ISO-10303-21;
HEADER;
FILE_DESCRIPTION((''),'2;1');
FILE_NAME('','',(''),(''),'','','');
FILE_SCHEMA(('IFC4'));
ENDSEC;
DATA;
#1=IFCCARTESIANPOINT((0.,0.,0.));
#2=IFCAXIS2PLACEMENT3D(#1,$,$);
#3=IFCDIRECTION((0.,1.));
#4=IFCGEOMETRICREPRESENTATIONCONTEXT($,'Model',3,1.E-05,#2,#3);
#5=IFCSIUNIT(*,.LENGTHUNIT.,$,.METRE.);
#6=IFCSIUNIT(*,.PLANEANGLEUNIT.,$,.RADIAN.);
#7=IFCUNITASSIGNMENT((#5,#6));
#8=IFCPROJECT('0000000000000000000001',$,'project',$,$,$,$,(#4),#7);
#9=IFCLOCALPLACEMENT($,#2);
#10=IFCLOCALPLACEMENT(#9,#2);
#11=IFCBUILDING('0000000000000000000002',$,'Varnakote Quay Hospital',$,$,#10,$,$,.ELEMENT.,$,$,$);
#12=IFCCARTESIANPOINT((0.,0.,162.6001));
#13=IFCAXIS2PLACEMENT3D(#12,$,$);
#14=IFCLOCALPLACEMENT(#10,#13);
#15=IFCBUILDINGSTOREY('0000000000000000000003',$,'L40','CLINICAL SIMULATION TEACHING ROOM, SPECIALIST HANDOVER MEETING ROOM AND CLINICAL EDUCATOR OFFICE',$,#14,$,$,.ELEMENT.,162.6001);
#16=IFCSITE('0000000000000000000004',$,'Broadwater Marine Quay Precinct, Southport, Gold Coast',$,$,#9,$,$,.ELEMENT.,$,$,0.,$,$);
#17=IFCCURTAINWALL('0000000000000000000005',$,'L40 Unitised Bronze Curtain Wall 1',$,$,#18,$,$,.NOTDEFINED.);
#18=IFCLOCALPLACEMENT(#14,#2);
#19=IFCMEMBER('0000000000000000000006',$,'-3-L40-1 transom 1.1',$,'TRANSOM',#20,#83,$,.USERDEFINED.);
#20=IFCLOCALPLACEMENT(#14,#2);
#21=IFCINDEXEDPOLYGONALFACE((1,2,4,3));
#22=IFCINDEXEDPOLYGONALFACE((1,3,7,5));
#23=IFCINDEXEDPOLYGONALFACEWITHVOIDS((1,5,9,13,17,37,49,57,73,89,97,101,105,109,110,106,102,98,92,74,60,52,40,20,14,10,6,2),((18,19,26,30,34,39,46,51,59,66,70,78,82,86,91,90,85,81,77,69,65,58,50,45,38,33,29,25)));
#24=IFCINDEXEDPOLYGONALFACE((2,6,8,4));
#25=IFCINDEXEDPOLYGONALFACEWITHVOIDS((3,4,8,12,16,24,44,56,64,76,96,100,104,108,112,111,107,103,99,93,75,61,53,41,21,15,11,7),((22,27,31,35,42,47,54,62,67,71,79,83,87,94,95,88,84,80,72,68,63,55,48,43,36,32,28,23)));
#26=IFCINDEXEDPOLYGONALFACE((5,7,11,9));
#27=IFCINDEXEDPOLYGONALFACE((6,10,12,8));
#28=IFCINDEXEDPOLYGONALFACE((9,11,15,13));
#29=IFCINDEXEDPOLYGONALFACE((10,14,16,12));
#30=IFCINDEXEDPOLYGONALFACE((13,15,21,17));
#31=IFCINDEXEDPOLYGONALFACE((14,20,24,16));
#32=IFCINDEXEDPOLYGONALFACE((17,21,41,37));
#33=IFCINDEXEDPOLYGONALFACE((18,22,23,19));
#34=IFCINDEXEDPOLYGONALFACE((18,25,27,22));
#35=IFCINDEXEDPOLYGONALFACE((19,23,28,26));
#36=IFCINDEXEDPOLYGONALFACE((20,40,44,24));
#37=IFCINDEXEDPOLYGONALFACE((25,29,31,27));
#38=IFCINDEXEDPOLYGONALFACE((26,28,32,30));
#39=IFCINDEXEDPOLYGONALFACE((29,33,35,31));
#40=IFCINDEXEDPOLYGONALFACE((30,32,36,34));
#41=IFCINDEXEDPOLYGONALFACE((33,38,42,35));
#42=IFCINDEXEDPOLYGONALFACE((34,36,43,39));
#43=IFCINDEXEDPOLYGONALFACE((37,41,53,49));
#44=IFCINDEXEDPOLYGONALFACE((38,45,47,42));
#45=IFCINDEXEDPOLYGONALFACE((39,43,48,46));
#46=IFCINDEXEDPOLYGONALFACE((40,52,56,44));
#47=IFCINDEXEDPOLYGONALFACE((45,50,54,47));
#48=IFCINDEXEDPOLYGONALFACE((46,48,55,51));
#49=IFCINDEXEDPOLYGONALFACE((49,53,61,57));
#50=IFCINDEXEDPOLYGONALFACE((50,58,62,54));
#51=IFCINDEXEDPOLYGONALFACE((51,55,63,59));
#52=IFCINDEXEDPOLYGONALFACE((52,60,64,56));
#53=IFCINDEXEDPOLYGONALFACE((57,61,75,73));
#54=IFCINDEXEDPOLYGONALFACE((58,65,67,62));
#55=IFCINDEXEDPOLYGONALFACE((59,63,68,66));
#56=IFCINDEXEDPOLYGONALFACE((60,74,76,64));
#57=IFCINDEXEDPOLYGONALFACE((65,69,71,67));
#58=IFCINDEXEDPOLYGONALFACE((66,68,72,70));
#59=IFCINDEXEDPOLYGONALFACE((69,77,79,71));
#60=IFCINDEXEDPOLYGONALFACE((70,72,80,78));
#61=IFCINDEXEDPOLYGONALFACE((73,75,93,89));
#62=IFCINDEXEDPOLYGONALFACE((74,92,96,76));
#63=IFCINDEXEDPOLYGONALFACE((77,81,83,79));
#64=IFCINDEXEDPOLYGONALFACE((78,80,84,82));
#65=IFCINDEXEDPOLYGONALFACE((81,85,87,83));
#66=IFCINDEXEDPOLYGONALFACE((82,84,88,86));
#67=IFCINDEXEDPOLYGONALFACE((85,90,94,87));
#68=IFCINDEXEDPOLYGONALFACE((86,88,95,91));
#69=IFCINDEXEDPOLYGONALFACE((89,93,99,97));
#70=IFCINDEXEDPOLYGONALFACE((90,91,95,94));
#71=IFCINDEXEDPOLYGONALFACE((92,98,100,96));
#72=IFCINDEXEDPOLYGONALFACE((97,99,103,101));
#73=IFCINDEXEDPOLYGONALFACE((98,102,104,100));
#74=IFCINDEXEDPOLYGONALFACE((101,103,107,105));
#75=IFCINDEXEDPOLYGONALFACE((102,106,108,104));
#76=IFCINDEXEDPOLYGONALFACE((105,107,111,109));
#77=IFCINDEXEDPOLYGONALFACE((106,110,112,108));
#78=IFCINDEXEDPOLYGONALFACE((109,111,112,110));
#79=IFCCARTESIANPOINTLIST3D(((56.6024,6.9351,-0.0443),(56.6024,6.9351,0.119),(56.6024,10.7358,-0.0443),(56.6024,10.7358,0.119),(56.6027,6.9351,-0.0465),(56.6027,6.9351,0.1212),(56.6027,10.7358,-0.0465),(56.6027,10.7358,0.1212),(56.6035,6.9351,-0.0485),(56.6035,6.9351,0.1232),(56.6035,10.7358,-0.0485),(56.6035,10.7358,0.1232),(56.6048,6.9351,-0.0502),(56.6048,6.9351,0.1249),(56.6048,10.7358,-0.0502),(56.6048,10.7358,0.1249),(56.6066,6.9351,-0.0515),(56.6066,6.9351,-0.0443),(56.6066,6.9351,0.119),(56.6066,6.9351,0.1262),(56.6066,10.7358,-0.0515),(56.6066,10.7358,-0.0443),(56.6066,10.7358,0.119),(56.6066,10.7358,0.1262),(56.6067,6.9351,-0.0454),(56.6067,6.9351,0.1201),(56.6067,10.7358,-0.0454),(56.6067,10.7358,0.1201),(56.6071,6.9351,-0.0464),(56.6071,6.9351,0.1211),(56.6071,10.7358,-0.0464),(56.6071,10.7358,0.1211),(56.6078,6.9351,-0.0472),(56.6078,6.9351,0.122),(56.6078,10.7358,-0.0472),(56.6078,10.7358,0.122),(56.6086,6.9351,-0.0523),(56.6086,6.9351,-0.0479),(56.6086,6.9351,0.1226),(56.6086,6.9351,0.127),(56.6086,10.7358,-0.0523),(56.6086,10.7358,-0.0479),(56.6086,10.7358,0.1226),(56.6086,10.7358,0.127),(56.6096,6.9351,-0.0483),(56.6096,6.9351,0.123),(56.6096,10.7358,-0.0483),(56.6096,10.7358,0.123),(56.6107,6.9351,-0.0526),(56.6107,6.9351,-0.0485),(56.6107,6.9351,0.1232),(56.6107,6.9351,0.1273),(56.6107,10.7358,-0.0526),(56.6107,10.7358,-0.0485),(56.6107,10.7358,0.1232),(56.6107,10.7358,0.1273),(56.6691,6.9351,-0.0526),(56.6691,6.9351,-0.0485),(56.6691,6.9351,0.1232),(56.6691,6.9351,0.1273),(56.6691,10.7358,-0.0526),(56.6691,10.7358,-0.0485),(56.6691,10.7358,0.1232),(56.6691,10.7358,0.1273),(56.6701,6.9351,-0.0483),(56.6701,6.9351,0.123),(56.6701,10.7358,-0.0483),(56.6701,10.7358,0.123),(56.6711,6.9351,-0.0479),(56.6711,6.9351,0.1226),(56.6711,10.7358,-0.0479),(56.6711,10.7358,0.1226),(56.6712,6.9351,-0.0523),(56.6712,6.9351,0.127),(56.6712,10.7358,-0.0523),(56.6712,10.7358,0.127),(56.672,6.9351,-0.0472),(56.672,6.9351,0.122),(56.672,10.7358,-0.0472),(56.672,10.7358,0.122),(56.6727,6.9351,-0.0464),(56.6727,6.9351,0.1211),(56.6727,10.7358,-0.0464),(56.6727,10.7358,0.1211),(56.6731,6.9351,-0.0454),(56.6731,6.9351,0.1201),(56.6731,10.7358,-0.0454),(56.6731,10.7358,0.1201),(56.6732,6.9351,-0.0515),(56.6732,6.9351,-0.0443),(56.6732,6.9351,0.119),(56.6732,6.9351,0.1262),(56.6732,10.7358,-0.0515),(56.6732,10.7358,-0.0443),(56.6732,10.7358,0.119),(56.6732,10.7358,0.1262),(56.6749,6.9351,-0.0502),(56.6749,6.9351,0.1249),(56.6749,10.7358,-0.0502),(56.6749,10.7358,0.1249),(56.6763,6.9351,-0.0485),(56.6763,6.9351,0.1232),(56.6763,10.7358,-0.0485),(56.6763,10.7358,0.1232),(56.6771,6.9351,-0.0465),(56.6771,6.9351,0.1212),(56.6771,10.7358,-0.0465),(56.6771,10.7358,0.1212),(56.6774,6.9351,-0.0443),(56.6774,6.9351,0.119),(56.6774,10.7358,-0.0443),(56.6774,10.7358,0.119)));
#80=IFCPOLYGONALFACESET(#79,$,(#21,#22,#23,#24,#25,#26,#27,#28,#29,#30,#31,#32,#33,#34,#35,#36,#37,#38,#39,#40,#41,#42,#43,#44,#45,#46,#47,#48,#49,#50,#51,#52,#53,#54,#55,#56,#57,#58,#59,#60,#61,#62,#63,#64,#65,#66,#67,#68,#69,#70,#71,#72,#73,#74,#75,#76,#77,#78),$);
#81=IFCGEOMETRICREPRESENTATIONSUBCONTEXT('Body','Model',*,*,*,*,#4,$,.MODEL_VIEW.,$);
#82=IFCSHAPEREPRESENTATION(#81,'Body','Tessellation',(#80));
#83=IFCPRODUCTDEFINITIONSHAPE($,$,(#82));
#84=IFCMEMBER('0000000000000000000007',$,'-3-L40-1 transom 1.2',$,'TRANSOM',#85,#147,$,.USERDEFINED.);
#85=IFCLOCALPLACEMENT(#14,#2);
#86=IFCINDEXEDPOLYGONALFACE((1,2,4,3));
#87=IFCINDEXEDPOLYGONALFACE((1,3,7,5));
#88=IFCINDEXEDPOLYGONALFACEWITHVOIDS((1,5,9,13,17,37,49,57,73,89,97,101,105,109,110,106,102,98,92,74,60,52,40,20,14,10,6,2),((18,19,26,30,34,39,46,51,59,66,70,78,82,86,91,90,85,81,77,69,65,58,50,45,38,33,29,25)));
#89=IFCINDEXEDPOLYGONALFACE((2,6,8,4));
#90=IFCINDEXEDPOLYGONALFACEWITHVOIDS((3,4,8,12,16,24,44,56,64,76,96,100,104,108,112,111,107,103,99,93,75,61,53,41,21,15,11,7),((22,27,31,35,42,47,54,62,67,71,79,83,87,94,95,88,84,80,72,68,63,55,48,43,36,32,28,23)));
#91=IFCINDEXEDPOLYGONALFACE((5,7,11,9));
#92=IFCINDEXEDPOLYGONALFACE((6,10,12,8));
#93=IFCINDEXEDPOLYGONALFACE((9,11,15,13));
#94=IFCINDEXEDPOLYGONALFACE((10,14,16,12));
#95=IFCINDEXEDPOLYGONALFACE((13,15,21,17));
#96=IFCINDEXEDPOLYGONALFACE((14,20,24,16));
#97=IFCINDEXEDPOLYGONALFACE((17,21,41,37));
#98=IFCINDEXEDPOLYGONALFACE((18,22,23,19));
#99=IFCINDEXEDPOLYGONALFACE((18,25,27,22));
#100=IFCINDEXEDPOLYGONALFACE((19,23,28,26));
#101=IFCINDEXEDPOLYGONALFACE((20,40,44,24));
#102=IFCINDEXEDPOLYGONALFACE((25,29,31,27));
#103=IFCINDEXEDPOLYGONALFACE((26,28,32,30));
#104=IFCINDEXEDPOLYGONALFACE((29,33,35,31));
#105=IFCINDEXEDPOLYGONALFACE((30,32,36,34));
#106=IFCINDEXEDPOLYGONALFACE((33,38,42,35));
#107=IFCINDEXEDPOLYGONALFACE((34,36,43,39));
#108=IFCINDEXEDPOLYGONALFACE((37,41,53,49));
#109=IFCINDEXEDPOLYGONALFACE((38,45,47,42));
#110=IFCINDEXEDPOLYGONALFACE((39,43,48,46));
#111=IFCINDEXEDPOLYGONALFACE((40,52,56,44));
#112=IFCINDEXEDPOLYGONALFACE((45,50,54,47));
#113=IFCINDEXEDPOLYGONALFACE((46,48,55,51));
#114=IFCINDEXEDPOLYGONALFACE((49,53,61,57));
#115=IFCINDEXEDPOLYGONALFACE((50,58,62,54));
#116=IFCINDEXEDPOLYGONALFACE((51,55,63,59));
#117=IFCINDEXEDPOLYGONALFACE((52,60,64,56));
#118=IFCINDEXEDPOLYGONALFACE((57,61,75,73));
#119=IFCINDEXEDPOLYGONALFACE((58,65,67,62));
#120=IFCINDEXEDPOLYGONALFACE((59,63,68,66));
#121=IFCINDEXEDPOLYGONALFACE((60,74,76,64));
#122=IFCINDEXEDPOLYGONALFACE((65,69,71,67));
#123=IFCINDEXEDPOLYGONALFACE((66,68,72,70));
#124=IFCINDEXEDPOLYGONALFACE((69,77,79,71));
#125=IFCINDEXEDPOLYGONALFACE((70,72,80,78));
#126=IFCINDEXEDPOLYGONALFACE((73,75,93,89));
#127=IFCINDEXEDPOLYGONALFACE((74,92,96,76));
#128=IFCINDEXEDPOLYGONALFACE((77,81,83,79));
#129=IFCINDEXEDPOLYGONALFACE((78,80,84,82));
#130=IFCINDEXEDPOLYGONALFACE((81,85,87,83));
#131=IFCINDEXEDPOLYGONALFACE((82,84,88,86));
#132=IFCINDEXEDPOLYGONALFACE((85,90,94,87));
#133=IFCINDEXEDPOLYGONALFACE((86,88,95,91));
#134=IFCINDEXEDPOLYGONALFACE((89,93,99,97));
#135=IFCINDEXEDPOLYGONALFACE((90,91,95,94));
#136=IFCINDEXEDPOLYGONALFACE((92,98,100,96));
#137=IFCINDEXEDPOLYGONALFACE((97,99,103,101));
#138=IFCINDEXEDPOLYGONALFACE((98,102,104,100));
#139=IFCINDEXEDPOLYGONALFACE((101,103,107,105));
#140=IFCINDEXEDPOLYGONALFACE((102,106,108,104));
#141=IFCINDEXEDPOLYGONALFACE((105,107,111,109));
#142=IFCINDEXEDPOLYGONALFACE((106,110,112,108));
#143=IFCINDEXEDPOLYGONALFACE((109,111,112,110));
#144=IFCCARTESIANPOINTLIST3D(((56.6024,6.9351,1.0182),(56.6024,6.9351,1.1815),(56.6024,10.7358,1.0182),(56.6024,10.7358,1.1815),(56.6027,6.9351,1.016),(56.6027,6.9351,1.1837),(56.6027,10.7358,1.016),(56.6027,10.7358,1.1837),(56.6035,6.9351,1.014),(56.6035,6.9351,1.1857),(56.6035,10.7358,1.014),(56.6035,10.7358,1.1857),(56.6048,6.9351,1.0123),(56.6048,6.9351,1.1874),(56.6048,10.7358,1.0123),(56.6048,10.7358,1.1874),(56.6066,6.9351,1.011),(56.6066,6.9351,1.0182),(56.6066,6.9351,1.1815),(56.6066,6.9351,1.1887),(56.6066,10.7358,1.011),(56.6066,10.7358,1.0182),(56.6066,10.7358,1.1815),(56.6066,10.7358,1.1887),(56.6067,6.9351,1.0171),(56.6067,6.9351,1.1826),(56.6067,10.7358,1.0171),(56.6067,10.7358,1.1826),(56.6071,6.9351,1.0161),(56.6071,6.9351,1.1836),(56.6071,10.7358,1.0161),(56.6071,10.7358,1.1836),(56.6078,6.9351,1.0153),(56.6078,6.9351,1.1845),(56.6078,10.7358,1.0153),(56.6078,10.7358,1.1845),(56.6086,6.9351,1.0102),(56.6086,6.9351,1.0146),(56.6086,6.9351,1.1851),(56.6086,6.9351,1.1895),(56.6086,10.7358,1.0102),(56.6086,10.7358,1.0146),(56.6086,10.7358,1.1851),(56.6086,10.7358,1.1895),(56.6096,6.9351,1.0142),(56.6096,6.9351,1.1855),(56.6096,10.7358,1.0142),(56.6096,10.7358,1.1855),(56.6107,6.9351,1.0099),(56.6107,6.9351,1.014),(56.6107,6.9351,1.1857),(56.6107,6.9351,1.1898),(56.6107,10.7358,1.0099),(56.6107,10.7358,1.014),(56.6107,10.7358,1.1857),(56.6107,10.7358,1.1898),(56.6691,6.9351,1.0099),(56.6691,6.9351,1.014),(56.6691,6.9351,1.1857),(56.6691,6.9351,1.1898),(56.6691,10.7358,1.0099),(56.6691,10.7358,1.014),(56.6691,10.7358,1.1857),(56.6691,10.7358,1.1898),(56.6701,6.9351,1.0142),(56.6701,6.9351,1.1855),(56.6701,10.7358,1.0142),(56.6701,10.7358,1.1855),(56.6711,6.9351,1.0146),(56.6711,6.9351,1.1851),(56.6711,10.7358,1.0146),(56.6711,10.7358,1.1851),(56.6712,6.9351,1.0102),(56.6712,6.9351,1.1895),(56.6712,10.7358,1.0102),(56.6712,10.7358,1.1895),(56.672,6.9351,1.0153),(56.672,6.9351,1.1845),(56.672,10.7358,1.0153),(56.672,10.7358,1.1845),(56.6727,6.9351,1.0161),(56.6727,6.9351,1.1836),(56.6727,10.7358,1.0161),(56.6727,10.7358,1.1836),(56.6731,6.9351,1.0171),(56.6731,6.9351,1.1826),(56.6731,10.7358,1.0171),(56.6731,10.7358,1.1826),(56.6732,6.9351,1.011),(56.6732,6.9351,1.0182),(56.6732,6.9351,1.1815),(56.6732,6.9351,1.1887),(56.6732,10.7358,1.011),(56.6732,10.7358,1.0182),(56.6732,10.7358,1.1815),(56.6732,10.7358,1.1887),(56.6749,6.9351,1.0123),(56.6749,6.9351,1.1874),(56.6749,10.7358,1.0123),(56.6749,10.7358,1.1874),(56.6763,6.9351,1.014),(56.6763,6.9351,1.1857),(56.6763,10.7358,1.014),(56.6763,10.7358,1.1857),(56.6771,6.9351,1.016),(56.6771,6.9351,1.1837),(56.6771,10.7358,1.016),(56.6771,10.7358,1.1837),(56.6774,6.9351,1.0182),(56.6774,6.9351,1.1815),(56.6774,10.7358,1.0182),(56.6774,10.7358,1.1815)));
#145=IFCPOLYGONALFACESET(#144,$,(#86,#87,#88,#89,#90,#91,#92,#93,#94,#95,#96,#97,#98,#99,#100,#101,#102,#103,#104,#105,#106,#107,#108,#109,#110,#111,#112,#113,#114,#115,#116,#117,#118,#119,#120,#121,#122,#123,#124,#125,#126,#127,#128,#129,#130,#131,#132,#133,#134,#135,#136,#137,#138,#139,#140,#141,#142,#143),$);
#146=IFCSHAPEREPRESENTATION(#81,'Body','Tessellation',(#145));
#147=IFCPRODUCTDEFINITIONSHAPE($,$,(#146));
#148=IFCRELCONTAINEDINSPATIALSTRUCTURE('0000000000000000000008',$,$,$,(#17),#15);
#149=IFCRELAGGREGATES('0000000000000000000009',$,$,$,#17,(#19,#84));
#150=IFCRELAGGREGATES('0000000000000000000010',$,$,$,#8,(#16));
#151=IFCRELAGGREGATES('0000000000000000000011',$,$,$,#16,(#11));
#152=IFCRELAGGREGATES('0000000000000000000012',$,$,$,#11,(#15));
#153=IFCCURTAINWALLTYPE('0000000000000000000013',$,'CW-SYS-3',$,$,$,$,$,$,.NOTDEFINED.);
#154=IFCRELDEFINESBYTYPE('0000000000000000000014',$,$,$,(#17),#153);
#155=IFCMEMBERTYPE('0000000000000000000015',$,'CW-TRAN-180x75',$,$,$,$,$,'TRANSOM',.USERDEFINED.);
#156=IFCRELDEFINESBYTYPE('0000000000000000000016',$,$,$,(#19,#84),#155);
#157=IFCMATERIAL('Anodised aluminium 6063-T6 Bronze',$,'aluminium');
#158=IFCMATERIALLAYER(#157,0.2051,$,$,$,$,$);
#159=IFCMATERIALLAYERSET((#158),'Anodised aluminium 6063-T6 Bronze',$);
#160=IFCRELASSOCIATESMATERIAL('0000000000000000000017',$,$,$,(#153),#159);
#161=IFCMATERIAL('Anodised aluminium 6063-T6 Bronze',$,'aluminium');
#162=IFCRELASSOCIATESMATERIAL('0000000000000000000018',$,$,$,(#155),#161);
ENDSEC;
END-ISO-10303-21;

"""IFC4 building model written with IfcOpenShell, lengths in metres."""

from ifc_helpers import new_model, si_unit, direction, frame, origin, origin_2d, place, context, subcontext, project, spatial, hollow_rectangle, extrude, material, layer, layer_set, material_profile, profile_set, type_object, element, aggregate, save


model = new_model("IFC4")

# Units and contexts
model_context = context("Model", 3, precision=1e-05, world=origin(), true_north=direction((0.0, 1.0)))
body_context = subcontext(model_context, "Body", "Model", "MODEL_VIEW")
ifc_project = project(units=[si_unit("LENGTHUNIT", "METRE"), si_unit("PLANEANGLEUNIT", "RADIAN")], contexts=[model_context])

# Site, building, storey
site_placement = place(None, origin())
site = spatial("IfcSite", under=ifc_project, at=site_placement, Name="Broadwater Marine Quay Precinct, Southport, Gold Coast", CompositionType="ELEMENT", RefElevation=0.0)
building_placement = place(site_placement, origin())
building = spatial("IfcBuilding", under=site, at=building_placement, Name="Varnakote Quay Hospital", CompositionType="ELEMENT")
storey_placement = place(building_placement, frame((0.0, 0.0, 162.6001)))
storey = spatial("IfcBuildingStorey", under=building, at=storey_placement, Name="L40", Description="CLINICAL SIMULATION TEACHING ROOM, SPECIALIST HANDOVER MEETING ROOM AND CLINICAL EDUCATOR OFFICE", CompositionType="ELEMENT", Elevation=162.6001)

# Curtain wall, members
ifc_material_1 = material(Name="Anodised aluminium 6063-T6 Bronze", Category="aluminium")
ifc_layer_1 = layer(ifc_material_1, 0.2051)
ifc_layer_set_1 = layer_set([ifc_layer_1], Name="Anodised aluminium 6063-T6 Bronze")
curtain_wall_type = type_object("IfcCurtainWallType", Name="CW-SYS-3", PredefinedType="NOTDEFINED", material=ifc_layer_set_1)
curtain_wall_placement = place(storey_placement, origin())
curtain_wall = element("IfcCurtainWall", 1, at=curtain_wall_placement, inside=storey, type_object=curtain_wall_type, Name="L40 Unitised Bronze Curtain Wall 1", PredefinedType="NOTDEFINED")
ifc_material_2 = material(Name="Anodised aluminium 6063-T6 Bronze", Category="aluminium")
ifc_material_profile_1 = material_profile(ifc_material_2, hollow_rectangle(XDim=0.075, YDim=0.1799, WallThickness=0.0042, InnerFilletRadius=0.0042, OuterFilletRadius=0.0083, at=origin_2d()), Name="CW-TRAN-180x75")
ifc_profile_set_1 = profile_set([ifc_material_profile_1], Name="Anodised aluminium 6063-T6 Bronze")
member_type_1 = type_object("IfcMemberType", Name="CW-TRAN-180x75", ElementType="TRANSOM", PredefinedType="USERDEFINED", material=ifc_profile_set_1)
member_1_placement = place(storey_placement, frame((56.6399, 6.9351, 0.0374), z_axis=(0.0, 1.0, 0.0), x_axis=(-1.0, 0.0, 0.0)))
member_1 = element("IfcMember", 2, at=member_1_placement, type_object=member_type_1, Name="-3-L40-1 transom 1.1", ObjectType="TRANSOM", PredefinedType="USERDEFINED", context=body_context, shape_type="SweptSolid", body=[
    extrude(hollow_rectangle(XDim=0.075, YDim=0.1799, WallThickness=0.0042, InnerFilletRadius=0.0042, OuterFilletRadius=0.0083, at=origin_2d()), origin(), (0.0, 0.0, 1.0), 3.8008),
])
member_2_placement = place(storey_placement, frame((56.6399, 6.9351, 1.0999), z_axis=(0.0, 1.0, 0.0), x_axis=(-1.0, 0.0, 0.0)))
member_2 = element("IfcMember", 3, at=member_2_placement, type_object=member_type_1, Name="-3-L40-1 transom 1.2", ObjectType="TRANSOM", PredefinedType="USERDEFINED", context=body_context, shape_type="SweptSolid", body=[
    extrude(hollow_rectangle(XDim=0.075, YDim=0.1799, WallThickness=0.0042, InnerFilletRadius=0.0042, OuterFilletRadius=0.0083, at=origin_2d()), origin(), (0.0, 0.0, 1.0), 3.8008),
])
aggregate(curtain_wall, [member_1, member_2])

save(model, "model.ifc")
